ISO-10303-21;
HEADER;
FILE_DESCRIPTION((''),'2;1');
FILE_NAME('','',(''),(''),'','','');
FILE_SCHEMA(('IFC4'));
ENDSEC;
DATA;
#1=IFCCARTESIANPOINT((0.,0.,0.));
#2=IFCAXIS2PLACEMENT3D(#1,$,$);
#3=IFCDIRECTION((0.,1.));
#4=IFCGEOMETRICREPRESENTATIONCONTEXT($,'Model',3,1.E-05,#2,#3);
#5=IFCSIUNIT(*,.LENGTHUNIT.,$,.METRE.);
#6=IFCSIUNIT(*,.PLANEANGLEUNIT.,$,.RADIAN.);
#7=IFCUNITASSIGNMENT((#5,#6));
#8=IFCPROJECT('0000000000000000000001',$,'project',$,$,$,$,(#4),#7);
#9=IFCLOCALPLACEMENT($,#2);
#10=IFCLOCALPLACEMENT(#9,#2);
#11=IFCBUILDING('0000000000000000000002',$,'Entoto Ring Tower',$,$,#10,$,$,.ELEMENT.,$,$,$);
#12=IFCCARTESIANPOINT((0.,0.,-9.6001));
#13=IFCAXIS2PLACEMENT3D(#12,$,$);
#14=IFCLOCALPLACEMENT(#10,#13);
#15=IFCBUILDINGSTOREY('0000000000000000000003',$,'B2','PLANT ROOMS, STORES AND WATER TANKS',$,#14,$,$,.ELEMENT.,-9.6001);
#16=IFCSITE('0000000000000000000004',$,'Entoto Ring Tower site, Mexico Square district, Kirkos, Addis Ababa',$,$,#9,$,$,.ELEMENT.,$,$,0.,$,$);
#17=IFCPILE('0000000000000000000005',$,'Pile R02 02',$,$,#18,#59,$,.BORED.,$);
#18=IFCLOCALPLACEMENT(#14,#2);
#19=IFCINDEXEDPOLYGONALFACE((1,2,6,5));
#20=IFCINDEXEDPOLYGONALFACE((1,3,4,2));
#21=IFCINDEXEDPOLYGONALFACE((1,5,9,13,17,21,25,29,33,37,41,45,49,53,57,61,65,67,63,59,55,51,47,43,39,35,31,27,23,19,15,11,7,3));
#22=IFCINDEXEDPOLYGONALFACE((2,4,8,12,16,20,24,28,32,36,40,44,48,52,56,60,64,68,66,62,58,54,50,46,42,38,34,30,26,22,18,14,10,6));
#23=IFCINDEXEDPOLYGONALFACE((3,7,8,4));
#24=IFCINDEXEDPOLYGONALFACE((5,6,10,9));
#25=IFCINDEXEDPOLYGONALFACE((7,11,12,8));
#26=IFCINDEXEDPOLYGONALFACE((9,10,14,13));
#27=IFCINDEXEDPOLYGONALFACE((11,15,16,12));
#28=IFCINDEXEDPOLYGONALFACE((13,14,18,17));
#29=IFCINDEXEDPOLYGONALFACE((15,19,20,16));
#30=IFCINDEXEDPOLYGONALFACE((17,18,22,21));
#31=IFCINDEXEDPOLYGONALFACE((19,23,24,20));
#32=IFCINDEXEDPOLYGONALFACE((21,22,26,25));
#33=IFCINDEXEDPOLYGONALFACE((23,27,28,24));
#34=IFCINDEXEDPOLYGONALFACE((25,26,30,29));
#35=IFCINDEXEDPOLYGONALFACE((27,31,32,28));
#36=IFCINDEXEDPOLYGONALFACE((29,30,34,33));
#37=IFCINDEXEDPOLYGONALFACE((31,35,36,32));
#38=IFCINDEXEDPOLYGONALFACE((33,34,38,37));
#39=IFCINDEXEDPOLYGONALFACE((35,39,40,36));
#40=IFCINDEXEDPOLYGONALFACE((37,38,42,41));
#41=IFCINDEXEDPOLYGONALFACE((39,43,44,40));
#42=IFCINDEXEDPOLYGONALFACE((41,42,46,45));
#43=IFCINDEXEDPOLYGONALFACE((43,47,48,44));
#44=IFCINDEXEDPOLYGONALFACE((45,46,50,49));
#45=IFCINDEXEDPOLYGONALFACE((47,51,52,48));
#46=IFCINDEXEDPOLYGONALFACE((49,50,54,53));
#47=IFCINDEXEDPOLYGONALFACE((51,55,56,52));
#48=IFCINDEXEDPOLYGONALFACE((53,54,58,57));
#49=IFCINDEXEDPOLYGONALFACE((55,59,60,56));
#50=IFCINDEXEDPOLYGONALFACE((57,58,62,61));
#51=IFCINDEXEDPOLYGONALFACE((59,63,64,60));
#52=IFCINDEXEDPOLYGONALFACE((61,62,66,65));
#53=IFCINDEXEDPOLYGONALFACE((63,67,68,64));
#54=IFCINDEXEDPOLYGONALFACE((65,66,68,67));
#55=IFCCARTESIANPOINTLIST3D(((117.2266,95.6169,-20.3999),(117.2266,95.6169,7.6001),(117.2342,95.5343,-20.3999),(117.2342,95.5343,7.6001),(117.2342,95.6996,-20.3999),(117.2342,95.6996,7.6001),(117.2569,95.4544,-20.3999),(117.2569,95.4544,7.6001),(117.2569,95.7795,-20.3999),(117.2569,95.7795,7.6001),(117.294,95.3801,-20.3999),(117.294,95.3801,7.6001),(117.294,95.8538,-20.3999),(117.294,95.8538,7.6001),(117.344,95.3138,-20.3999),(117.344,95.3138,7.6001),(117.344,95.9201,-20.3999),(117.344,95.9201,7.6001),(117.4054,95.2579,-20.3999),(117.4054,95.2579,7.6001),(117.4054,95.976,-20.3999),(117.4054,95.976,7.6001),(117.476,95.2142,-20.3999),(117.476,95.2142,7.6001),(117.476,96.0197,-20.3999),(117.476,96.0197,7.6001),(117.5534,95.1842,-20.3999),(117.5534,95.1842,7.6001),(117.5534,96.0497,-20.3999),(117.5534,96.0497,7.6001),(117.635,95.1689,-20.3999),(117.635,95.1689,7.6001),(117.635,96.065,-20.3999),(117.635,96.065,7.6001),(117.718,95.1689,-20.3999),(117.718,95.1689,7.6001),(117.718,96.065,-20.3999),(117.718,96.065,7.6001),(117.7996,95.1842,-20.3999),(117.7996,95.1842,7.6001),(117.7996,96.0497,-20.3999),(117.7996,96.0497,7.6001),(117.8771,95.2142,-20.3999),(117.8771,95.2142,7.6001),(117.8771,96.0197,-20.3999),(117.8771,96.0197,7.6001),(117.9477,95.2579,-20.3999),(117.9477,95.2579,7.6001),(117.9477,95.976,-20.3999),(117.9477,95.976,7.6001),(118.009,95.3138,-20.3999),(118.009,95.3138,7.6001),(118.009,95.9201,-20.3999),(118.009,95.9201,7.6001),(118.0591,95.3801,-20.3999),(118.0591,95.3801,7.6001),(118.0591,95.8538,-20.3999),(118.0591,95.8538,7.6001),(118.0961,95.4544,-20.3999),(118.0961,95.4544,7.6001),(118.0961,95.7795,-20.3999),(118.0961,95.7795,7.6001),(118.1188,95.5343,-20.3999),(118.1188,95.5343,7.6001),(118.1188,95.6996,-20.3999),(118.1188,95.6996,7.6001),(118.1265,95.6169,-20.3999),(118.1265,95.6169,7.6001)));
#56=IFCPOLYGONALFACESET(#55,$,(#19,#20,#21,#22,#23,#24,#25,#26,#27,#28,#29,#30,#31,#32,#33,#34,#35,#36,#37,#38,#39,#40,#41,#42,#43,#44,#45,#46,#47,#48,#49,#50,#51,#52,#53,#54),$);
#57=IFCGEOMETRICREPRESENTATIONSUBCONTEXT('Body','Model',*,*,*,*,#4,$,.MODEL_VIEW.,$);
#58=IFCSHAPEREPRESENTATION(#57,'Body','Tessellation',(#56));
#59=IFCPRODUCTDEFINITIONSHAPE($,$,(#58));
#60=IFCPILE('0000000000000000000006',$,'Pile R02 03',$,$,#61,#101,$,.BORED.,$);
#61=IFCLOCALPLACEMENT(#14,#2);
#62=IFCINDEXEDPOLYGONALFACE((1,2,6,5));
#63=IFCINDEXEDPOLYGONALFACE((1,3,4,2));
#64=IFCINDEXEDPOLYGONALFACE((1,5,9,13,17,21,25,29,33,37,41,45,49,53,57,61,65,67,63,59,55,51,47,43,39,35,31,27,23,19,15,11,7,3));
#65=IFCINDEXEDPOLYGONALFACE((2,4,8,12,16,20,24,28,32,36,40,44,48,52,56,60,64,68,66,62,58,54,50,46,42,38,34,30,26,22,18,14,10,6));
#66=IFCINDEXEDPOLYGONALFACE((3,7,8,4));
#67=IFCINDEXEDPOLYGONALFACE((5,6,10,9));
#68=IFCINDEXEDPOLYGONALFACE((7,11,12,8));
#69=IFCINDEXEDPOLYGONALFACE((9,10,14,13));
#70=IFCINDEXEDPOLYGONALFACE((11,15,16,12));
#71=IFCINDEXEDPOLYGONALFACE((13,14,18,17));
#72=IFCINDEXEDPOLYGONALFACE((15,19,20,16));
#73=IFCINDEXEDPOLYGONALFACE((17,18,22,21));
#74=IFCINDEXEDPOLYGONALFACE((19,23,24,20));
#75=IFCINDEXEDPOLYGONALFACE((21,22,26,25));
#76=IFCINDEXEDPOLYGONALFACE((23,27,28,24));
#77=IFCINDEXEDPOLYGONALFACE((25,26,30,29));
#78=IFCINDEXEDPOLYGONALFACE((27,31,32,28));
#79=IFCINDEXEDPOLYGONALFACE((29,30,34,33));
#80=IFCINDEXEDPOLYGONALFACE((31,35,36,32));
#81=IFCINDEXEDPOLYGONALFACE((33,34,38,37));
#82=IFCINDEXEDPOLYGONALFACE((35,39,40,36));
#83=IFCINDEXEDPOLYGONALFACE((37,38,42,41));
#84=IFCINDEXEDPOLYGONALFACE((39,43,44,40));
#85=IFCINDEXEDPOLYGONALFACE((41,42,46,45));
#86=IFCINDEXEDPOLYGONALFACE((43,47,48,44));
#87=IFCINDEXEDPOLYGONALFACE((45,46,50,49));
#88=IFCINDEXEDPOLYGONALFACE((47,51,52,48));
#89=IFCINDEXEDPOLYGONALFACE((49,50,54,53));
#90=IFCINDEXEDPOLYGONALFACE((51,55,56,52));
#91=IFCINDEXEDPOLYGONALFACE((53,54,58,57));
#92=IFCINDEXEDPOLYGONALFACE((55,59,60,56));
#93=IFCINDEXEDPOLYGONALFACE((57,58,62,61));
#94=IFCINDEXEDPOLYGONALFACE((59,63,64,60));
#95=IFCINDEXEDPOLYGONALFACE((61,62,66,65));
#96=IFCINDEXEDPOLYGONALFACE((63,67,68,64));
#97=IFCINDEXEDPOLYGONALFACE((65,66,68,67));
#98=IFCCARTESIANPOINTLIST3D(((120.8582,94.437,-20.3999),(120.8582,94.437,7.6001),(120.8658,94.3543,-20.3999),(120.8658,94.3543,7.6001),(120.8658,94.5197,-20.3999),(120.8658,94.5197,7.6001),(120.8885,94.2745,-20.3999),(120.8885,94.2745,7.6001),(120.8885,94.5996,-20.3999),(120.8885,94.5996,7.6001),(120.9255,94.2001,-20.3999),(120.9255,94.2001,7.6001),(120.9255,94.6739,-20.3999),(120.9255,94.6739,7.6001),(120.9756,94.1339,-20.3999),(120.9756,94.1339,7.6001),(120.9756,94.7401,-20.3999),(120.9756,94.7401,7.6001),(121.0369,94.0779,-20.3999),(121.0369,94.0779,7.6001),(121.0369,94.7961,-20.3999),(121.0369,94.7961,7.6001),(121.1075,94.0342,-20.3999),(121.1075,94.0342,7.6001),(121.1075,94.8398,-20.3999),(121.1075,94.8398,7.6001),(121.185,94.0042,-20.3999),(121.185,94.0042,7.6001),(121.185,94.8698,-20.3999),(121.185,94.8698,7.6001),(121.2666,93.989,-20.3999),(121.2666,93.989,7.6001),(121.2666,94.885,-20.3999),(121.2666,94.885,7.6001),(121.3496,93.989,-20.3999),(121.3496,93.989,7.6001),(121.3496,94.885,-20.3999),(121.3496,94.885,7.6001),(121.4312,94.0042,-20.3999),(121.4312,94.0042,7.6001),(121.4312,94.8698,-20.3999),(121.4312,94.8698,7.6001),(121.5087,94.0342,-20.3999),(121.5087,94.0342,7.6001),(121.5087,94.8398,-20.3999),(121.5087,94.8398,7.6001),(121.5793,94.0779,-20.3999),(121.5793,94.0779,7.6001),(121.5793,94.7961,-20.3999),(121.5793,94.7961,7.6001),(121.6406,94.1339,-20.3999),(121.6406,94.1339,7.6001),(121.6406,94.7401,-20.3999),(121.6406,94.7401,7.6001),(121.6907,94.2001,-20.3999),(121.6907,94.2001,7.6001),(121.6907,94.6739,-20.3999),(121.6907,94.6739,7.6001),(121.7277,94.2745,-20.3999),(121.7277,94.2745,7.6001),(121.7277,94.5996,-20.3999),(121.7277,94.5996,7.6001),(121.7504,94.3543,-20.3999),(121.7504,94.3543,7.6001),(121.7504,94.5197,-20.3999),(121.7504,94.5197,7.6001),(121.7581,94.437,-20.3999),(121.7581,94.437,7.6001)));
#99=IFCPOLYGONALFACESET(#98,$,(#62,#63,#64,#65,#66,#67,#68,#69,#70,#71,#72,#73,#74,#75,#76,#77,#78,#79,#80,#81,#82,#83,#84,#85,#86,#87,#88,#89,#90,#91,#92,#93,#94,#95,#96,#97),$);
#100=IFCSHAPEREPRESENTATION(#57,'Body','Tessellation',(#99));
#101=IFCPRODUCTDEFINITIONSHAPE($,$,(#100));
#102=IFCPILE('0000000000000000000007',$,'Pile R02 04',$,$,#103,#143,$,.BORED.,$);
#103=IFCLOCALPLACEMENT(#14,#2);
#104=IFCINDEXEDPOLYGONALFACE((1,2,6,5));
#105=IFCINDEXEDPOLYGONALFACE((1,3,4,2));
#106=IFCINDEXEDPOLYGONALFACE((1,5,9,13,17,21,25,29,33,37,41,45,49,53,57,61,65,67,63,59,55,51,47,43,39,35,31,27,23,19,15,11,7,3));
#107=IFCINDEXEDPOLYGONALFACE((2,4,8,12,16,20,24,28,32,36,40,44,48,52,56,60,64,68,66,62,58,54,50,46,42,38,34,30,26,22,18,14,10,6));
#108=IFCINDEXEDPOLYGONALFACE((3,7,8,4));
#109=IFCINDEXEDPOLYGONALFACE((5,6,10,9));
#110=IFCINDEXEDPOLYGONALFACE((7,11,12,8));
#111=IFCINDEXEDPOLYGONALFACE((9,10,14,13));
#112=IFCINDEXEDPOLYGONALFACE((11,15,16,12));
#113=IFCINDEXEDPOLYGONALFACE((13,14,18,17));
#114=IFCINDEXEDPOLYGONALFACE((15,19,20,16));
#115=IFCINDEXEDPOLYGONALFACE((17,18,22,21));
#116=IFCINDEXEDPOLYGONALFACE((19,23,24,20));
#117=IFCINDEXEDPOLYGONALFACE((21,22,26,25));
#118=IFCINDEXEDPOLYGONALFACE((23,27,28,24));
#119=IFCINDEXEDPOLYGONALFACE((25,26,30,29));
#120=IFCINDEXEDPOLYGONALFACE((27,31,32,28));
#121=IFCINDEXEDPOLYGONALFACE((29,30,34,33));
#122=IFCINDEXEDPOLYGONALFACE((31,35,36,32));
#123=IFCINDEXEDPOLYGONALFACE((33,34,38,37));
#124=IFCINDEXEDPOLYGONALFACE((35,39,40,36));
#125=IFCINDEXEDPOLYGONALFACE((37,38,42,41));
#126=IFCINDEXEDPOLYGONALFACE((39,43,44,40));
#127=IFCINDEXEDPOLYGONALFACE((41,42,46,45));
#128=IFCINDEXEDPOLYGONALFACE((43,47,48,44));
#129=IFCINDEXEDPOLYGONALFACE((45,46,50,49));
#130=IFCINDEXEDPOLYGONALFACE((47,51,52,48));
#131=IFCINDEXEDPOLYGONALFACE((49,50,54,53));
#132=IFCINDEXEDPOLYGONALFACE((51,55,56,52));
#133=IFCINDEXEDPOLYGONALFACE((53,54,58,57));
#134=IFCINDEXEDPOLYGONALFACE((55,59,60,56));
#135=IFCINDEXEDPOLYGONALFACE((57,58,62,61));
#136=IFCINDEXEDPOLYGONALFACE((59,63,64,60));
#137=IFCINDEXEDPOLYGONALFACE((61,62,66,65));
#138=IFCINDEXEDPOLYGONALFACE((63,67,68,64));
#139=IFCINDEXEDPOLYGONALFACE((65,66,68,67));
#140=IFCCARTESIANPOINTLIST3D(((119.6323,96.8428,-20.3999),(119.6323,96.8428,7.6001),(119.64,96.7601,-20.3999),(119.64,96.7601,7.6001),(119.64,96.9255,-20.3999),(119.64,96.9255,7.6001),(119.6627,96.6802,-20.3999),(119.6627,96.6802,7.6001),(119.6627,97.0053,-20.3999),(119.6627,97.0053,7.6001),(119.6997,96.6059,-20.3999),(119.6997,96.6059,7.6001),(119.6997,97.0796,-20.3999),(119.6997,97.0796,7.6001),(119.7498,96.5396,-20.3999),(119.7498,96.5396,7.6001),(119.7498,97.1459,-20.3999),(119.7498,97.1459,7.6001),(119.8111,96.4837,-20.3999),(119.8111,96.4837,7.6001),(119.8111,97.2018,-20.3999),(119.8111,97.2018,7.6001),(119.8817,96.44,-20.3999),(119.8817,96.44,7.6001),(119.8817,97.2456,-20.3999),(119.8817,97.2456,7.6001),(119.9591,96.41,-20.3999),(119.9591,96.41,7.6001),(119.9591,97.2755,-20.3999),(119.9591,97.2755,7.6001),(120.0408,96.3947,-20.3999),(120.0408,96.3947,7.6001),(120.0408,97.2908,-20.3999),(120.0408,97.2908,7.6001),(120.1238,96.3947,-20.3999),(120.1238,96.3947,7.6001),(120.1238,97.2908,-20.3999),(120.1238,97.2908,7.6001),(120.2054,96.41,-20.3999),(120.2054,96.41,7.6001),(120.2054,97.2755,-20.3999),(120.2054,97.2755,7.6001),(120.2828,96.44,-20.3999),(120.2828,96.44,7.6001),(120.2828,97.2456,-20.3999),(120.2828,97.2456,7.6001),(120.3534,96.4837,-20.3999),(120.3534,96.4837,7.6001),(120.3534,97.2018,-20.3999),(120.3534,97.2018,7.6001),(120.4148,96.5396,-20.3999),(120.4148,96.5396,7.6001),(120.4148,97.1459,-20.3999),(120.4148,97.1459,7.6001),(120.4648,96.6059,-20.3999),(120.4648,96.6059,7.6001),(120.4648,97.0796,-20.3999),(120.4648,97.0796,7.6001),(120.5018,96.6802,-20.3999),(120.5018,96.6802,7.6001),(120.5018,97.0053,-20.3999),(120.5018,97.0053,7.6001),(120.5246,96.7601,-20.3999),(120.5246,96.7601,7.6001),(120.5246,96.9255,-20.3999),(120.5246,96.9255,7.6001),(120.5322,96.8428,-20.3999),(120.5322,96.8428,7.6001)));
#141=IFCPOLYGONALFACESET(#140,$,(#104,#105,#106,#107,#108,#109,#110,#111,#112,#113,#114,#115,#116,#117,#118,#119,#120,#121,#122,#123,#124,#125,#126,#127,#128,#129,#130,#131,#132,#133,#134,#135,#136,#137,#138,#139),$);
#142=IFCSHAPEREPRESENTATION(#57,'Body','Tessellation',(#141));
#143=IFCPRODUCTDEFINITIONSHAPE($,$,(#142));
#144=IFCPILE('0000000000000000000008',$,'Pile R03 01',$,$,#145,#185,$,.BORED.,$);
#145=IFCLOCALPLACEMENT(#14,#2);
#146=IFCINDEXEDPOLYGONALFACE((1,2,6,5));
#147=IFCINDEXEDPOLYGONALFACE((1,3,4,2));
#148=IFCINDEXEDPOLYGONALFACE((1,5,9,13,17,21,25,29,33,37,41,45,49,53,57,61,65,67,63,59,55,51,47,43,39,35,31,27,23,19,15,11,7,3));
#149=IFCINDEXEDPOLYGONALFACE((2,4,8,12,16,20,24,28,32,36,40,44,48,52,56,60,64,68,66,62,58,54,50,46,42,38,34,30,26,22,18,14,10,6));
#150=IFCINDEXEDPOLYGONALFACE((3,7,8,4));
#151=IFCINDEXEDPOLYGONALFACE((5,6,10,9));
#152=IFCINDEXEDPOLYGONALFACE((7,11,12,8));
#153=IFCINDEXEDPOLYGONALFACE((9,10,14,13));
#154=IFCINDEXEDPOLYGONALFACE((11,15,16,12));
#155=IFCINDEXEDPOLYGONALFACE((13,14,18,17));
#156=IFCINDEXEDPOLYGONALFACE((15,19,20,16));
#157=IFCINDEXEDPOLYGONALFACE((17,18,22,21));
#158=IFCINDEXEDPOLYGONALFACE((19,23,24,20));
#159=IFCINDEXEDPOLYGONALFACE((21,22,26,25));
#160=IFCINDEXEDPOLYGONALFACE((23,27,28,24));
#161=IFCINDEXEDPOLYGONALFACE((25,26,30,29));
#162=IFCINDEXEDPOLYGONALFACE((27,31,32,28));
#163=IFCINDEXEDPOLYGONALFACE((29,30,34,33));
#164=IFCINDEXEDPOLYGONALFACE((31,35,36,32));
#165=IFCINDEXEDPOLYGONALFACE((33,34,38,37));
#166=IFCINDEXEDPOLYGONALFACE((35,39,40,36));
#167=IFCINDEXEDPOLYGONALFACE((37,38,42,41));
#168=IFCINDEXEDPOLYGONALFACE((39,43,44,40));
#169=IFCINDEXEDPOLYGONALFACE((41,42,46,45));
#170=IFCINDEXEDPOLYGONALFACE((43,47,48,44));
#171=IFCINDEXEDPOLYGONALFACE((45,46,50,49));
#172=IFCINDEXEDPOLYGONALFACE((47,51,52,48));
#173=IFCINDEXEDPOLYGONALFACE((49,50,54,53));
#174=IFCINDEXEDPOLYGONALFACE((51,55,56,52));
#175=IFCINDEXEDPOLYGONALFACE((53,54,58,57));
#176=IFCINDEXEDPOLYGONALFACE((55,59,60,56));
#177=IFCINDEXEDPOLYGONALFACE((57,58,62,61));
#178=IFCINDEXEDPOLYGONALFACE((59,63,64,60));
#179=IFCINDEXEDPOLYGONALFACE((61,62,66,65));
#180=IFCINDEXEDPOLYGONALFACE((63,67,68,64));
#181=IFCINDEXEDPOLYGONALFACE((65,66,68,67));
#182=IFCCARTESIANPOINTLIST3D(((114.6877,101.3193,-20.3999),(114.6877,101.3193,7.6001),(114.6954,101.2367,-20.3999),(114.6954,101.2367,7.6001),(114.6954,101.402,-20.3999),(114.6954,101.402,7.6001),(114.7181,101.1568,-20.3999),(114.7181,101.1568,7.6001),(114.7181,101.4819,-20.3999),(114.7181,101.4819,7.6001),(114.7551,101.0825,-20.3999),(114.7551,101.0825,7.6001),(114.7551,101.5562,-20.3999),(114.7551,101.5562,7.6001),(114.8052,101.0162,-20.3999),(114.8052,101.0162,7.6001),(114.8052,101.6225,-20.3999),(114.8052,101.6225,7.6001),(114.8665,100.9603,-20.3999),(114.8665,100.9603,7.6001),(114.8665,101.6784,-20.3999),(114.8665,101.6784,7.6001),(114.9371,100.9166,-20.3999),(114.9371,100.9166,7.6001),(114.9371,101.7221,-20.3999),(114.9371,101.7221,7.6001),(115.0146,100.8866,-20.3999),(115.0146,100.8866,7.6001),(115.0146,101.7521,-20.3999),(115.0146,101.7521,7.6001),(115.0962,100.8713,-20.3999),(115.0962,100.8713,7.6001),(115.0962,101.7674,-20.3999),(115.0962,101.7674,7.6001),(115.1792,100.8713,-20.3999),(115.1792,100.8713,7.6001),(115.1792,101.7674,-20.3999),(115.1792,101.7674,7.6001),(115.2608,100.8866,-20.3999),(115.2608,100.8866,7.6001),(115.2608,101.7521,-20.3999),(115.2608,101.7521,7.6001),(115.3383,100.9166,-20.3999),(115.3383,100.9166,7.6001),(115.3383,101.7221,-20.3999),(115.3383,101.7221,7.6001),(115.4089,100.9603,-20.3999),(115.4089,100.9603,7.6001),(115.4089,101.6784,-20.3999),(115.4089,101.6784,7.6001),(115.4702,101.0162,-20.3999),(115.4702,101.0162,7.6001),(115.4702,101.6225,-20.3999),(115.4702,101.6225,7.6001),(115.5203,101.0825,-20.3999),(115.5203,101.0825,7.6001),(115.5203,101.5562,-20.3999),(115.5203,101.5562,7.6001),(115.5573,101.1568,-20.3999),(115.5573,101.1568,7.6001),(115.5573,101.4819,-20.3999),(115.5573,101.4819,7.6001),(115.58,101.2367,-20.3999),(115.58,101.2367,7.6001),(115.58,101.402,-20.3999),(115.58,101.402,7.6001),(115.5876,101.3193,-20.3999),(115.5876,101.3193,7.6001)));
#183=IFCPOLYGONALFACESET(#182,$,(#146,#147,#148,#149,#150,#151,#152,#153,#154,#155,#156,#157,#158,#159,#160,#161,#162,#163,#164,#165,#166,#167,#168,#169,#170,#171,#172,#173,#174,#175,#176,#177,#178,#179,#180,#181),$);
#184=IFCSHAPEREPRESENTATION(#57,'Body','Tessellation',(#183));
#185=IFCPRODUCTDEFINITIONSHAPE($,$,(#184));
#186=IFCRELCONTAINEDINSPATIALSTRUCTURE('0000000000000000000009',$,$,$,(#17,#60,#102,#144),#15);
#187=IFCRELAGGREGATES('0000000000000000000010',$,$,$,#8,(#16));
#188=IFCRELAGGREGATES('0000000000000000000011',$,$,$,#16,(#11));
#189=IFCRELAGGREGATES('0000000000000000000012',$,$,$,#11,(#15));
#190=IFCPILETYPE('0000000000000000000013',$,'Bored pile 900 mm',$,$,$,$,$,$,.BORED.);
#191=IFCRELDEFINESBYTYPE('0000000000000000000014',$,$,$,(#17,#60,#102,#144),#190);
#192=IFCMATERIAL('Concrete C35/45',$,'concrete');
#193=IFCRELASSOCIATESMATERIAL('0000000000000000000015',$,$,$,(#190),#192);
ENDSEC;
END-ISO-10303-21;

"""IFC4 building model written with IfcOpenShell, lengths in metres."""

from ifc_helpers import new_model, si_unit, direction, frame, origin, origin_2d, place, context, subcontext, project, spatial, circle, extrude, material, material_profile, profile_set, type_object, element, save


model = new_model("IFC4")

# Units and contexts
model_context = context("Model", 3, precision=1e-05, world=origin(), true_north=direction((0.0, 1.0)))
body_context = subcontext(model_context, "Body", "Model", "MODEL_VIEW")
ifc_project = project(units=[si_unit("LENGTHUNIT", "METRE"), si_unit("PLANEANGLEUNIT", "RADIAN")], contexts=[model_context])

# Site, building, storey
site_placement = place(None, origin())
site = spatial("IfcSite", under=ifc_project, at=site_placement, Name="Entoto Ring Tower site, Mexico Square district, Kirkos, Addis Ababa", CompositionType="ELEMENT", RefElevation=0.0)
building_placement = place(site_placement, origin())
building = spatial("IfcBuilding", under=site, at=building_placement, Name="Entoto Ring Tower", CompositionType="ELEMENT")
storey_placement = place(building_placement, frame((0.0, 0.0, -9.6001)))
storey = spatial("IfcBuildingStorey", under=building, at=storey_placement, Name="B2", Description="PLANT ROOMS, STORES AND WATER TANKS", CompositionType="ELEMENT", Elevation=-9.6001)

# Piles
ifc_material_1 = material(Name="Concrete C35/45", Category="concrete")
ifc_material_profile_1 = material_profile(ifc_material_1, circle(Radius=0.45, at=origin_2d()), Name="Bored pile 900 mm")
ifc_profile_set_1 = profile_set([ifc_material_profile_1], Name="Concrete C35/45")
pile_type = type_object("IfcPileType", Name="Bored pile 900 mm", PredefinedType="BORED", material=ifc_profile_set_1)
for number, where, z_axis, x_axis, name in (
    (1, (117.6765, 95.6169, 7.6001), (0.0, 0.0, -1.0), (1.0, 0.0, 0.0), "Pile R02 02"),
    (2, (121.3081, 94.437, 7.6001), (0.0, 0.0, -1.0), (1.0, 0.0, 0.0), "Pile R02 03"),
    (3, (120.0823, 96.8428, 7.6001), (0.0, 0.0, -1.0), (1.0, 0.0, 0.0), "Pile R02 04"),
    (4, (115.1377, 101.3193, 7.6001), (0.0, 0.0, -1.0), (1.0, 0.0, 0.0), "Pile R03 01"),
):
    element("IfcPile", number, at=place(storey_placement, frame(where, z_axis=z_axis, x_axis=x_axis)), inside=storey, type_object=pile_type, Name=name, PredefinedType="BORED", context=body_context, shape_type="SweptSolid", body=[
        extrude(circle(Radius=0.45, at=origin_2d()), origin(), (0.0, 0.0, 1.0), 28.0),
    ])

save(model, "model.ifc")
